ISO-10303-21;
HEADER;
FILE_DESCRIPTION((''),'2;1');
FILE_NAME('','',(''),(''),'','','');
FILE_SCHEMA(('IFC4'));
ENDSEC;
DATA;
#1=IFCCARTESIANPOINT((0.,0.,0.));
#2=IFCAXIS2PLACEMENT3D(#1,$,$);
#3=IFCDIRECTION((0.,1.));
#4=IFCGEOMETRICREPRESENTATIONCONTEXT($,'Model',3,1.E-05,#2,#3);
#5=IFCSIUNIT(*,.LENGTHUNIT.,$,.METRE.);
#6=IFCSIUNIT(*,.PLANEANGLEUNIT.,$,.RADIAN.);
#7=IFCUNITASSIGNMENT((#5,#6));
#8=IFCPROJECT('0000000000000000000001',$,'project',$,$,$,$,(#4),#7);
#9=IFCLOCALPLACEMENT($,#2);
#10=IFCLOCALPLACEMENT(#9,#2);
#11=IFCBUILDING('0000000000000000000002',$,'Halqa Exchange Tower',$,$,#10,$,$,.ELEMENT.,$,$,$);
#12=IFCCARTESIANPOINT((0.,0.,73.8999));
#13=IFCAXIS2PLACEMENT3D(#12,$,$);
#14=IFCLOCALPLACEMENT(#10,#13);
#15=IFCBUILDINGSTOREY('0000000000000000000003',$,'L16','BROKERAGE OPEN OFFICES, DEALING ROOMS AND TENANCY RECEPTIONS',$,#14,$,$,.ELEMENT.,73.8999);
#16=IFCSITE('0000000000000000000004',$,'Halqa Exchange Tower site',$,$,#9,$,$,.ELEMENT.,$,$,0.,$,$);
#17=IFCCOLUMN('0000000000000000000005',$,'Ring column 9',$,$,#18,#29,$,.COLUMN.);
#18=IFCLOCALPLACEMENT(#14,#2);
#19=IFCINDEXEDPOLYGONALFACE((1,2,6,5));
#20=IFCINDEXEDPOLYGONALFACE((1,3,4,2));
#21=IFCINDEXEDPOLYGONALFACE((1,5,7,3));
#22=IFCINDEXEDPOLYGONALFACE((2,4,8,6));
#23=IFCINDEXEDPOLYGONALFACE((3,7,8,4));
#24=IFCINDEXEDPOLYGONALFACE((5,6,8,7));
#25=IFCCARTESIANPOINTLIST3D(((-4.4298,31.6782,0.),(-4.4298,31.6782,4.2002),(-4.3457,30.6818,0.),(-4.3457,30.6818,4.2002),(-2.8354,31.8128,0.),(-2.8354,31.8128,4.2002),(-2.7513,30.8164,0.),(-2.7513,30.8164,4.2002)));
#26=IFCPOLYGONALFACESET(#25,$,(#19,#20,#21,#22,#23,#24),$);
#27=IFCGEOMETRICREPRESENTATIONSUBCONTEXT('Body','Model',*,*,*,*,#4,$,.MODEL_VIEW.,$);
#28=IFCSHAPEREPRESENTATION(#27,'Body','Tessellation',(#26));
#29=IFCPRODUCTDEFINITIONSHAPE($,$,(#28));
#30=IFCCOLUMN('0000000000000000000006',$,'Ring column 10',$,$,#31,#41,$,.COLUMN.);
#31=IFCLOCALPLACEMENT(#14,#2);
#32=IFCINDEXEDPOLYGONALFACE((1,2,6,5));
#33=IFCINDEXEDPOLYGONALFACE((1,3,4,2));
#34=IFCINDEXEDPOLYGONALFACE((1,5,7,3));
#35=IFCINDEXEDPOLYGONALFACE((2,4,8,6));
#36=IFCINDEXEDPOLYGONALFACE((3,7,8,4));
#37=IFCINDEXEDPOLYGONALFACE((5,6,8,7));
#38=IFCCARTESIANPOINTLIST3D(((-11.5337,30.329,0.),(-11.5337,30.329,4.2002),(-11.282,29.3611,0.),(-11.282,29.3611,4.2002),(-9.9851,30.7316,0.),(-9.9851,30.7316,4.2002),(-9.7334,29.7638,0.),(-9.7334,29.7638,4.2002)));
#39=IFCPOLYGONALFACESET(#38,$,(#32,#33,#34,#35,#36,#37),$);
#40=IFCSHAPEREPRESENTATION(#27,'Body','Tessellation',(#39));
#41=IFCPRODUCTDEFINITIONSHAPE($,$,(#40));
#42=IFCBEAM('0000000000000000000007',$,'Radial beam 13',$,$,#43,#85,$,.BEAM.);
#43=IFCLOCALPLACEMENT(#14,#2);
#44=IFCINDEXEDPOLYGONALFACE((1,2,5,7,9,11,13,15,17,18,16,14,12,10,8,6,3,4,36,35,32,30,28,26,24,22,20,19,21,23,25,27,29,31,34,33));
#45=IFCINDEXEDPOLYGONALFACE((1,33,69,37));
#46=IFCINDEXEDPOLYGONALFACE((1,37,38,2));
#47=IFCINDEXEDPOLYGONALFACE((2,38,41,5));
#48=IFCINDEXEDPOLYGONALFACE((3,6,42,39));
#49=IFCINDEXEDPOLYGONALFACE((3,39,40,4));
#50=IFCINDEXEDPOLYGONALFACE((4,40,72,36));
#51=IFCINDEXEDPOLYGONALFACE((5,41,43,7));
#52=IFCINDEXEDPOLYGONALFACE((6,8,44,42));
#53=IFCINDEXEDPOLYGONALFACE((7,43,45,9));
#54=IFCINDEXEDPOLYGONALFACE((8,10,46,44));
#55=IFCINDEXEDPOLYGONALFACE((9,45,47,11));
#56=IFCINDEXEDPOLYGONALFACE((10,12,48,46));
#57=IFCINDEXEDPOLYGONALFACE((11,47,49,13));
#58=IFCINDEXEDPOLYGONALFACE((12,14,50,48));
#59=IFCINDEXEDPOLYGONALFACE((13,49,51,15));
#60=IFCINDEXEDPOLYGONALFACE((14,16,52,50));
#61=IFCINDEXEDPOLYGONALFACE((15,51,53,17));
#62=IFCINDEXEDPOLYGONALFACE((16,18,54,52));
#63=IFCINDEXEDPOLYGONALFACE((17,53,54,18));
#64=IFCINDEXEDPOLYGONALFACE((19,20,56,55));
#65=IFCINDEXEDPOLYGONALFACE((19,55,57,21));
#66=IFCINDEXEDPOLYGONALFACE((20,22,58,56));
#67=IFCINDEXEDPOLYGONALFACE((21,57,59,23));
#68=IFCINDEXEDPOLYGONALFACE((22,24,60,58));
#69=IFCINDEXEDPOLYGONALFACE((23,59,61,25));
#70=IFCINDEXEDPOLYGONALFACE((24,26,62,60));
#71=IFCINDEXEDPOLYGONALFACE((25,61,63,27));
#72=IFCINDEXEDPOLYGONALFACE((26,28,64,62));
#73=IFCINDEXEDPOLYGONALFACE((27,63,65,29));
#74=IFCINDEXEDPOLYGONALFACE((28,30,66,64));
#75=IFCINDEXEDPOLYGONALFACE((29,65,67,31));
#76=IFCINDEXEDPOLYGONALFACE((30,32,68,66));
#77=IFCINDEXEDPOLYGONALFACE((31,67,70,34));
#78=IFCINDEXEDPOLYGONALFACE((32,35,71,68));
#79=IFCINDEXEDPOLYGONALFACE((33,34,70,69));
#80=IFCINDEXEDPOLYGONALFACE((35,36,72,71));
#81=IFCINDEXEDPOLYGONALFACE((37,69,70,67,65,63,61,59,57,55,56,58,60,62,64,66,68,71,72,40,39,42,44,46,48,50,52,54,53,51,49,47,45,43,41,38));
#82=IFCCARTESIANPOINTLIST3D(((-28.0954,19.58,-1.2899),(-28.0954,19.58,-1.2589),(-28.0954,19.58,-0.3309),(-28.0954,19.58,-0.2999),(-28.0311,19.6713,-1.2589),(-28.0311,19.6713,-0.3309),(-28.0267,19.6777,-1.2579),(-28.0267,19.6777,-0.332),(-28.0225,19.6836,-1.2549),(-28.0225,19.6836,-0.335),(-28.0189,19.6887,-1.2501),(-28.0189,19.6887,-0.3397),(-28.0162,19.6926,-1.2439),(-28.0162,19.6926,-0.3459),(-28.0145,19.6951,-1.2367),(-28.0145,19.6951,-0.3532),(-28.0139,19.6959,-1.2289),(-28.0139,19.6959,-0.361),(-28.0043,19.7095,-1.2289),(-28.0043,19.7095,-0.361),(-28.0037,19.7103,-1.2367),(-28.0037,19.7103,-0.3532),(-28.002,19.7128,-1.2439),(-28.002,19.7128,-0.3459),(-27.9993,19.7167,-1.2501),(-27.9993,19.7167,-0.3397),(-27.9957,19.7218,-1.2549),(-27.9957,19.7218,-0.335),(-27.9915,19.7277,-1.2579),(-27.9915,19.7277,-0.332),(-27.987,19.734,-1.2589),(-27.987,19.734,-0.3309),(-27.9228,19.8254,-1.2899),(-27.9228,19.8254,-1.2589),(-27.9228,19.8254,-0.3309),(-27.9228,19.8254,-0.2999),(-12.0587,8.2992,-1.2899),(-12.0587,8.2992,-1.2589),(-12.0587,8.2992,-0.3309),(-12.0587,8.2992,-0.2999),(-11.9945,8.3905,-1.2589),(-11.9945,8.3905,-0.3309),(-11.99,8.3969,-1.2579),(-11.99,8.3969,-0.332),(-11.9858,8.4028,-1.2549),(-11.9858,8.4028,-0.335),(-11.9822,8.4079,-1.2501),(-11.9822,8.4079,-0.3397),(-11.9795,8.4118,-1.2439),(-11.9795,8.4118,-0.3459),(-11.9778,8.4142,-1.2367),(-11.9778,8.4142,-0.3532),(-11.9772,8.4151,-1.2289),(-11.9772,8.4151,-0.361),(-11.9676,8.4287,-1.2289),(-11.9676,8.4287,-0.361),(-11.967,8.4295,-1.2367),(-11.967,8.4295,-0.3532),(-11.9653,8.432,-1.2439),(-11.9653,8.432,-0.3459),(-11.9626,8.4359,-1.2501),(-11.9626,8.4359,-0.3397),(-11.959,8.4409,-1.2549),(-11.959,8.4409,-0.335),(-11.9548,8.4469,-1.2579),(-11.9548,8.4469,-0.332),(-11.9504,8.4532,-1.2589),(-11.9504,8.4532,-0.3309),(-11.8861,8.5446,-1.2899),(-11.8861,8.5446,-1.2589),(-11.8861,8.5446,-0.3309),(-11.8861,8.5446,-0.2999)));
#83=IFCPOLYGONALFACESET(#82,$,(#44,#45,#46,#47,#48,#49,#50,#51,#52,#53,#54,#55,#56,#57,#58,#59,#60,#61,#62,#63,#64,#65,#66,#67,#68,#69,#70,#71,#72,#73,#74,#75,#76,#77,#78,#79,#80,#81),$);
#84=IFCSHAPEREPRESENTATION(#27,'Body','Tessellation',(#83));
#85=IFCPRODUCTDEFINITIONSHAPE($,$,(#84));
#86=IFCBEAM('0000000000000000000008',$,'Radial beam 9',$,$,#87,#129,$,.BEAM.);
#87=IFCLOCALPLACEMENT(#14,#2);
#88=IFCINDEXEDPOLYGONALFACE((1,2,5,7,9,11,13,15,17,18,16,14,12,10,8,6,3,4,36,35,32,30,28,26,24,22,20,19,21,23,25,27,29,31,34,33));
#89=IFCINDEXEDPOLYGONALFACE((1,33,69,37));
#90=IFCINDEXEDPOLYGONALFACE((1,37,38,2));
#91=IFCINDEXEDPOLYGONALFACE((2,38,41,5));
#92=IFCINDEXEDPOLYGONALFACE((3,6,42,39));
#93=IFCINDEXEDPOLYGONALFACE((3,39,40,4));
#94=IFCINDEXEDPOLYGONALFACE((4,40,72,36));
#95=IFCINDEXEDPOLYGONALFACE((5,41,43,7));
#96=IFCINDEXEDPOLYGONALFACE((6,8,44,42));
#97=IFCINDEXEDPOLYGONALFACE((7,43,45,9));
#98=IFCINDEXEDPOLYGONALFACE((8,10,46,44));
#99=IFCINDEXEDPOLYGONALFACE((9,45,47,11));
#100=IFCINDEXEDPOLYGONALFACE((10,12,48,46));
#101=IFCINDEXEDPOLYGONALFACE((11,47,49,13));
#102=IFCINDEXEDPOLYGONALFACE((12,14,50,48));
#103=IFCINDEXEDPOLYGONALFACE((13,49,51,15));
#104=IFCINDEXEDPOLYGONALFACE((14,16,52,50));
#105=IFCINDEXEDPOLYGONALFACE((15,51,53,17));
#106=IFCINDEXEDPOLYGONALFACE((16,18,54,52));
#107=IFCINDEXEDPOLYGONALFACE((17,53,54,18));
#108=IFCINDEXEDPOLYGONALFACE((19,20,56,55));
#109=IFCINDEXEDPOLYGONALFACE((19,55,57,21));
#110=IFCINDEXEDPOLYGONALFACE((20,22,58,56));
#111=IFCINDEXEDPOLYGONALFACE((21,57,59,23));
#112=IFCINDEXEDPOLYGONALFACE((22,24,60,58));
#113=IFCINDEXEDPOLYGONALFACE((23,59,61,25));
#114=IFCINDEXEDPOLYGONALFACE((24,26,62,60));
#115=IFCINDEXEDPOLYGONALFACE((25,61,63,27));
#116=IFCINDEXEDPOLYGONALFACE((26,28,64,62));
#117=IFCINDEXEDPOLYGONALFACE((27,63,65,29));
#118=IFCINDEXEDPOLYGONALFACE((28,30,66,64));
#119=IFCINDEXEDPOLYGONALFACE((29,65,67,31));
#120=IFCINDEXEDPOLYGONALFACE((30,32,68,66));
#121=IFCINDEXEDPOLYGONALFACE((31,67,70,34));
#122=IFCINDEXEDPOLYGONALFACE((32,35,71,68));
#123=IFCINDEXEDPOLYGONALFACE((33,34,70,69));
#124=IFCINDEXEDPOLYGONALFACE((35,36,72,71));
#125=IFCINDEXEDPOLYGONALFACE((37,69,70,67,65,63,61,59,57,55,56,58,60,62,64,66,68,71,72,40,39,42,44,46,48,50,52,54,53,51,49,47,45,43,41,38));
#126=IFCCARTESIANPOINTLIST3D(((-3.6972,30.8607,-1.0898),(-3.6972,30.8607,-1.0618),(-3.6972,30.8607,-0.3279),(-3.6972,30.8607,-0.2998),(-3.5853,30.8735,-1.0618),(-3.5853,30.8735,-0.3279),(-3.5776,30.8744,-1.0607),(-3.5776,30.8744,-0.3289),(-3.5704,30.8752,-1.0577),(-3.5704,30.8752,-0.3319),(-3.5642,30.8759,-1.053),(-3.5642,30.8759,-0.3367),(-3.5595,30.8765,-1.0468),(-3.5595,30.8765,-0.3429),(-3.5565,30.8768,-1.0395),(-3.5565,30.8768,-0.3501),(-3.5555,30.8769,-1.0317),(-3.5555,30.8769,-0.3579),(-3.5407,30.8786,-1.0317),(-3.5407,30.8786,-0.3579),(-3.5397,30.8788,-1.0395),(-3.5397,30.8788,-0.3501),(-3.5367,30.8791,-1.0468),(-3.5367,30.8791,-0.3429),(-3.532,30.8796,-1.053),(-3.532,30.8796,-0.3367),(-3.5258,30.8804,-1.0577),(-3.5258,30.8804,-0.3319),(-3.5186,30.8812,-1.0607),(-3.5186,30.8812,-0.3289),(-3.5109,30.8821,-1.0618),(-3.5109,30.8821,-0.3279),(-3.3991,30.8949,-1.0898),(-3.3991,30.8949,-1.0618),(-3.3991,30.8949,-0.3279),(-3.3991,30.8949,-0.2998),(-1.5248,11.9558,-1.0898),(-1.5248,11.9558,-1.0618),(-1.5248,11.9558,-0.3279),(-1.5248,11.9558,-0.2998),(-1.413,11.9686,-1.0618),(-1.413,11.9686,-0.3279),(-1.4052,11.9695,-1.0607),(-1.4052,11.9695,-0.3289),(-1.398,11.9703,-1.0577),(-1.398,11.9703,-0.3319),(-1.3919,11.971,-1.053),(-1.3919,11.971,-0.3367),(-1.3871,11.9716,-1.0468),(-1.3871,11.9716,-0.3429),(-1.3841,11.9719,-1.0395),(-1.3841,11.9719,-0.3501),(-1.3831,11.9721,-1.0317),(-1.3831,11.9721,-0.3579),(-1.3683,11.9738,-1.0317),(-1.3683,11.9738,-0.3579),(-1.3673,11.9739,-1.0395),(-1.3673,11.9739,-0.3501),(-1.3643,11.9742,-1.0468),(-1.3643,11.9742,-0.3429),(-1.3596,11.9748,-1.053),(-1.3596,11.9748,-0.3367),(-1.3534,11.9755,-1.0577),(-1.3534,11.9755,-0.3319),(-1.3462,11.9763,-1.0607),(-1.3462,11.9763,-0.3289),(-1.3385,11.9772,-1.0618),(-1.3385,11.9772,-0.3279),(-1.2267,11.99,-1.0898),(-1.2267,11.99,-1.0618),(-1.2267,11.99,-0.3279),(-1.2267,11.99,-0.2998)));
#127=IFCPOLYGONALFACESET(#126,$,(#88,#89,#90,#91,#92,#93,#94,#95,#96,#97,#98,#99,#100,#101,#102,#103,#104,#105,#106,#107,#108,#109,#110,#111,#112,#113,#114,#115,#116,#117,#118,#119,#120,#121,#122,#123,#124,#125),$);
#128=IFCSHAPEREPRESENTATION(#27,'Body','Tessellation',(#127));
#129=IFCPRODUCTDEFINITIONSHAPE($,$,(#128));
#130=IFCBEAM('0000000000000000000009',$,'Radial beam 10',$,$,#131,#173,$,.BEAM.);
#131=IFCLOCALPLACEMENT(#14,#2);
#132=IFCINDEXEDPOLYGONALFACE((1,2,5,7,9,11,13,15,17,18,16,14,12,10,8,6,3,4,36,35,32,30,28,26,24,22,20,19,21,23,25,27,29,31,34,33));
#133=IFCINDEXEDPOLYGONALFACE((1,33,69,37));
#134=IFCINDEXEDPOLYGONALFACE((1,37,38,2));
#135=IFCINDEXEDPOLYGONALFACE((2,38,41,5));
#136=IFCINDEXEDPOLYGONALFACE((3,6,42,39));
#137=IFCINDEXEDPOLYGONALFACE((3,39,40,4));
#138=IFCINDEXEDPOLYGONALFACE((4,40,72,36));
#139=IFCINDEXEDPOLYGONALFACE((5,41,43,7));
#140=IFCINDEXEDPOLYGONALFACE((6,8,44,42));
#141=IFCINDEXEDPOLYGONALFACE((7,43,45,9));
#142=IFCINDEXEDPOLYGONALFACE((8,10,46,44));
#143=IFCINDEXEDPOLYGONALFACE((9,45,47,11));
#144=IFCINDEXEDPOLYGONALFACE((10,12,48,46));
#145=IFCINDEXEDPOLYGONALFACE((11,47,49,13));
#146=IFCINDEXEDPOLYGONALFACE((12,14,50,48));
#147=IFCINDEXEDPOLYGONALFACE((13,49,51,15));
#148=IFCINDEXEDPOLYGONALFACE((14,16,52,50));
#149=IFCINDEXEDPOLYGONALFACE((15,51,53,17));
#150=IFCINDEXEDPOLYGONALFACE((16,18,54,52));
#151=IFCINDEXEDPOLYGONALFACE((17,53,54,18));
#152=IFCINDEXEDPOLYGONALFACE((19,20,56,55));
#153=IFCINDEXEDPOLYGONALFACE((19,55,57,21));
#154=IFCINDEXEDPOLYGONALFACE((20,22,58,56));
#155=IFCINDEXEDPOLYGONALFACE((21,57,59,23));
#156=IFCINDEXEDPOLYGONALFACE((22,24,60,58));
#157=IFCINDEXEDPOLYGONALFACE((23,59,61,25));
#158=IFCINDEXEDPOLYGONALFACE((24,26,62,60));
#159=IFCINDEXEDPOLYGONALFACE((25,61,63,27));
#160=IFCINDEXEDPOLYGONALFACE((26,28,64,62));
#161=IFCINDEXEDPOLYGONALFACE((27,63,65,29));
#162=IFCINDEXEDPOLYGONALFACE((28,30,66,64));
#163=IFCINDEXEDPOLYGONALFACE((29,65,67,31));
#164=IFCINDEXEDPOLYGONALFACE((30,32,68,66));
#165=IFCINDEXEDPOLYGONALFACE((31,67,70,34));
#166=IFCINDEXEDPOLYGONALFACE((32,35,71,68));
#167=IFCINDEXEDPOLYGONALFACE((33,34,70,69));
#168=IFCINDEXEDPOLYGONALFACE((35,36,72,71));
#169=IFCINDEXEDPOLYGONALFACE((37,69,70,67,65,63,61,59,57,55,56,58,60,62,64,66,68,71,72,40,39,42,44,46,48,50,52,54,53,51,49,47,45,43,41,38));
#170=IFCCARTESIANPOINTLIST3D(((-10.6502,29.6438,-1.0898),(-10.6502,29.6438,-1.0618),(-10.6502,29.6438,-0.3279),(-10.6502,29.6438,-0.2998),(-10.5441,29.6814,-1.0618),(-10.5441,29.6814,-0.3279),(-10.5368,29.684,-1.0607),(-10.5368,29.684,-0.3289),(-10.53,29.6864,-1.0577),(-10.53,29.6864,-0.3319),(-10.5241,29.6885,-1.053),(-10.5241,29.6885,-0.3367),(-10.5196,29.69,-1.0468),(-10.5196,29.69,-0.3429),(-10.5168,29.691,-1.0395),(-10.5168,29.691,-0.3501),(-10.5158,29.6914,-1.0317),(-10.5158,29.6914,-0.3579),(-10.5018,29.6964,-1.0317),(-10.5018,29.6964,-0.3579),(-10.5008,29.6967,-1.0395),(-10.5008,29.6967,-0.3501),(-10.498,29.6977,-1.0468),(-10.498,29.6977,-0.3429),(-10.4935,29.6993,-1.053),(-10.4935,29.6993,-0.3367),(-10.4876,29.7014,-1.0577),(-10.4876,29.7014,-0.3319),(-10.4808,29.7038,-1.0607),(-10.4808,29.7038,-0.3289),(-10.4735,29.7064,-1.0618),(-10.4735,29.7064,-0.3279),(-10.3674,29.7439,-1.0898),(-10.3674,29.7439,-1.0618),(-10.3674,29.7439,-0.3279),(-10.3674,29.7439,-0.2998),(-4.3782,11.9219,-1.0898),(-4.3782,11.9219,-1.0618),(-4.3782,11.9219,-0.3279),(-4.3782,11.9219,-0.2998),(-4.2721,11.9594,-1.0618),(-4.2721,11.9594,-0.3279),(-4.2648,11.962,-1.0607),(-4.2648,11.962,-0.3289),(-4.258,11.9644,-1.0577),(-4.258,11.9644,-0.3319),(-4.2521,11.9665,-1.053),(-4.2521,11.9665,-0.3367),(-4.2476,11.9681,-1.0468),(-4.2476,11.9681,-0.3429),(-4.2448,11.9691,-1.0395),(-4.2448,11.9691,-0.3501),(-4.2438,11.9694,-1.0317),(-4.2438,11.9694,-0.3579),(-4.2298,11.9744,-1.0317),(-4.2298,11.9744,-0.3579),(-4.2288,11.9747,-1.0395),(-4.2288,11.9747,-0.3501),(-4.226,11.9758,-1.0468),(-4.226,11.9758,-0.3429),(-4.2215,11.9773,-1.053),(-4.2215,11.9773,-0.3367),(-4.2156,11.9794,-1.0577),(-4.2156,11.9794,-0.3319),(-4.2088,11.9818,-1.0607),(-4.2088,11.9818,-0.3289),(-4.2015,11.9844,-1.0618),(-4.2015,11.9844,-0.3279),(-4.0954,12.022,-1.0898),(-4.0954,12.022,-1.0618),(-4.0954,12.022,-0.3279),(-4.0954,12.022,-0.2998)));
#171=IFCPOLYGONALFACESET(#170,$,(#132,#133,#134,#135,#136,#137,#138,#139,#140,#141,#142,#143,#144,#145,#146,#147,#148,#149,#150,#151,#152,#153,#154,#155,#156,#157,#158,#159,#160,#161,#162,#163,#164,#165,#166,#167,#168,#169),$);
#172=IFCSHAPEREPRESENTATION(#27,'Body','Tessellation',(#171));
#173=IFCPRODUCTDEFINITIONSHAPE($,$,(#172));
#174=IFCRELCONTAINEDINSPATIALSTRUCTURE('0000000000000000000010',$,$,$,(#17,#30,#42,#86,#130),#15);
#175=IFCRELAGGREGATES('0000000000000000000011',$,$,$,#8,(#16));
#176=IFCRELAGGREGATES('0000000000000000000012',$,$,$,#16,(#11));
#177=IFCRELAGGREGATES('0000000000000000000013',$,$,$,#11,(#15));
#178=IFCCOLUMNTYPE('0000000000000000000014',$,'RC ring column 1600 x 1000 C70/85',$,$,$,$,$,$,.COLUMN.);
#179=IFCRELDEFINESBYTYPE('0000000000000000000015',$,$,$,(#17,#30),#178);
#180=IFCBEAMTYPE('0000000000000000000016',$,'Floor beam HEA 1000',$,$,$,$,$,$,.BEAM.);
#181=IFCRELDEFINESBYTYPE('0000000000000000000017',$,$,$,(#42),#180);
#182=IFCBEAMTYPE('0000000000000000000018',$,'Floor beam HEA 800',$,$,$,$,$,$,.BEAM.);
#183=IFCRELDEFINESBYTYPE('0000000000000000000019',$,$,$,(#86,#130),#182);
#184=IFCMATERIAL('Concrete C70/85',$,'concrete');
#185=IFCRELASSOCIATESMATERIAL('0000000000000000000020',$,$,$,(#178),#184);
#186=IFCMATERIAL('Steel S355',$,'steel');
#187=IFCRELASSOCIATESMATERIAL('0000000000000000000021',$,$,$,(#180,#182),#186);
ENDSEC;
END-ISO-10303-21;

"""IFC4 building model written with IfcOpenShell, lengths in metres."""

from ifc_helpers import new_model, si_unit, direction, frame, origin, origin_2d, place, context, subcontext, project, spatial, rectangle, i_section, extrude, material, material_profile, profile_set, type_object, element, save


model = new_model("IFC4")

# Units and contexts
model_context = context("Model", 3, precision=1e-05, world=origin(), true_north=direction((0.0, 1.0)))
body_context = subcontext(model_context, "Body", "Model", "MODEL_VIEW")
ifc_project = project(units=[si_unit("LENGTHUNIT", "METRE"), si_unit("PLANEANGLEUNIT", "RADIAN")], contexts=[model_context])

# Site, building, storey
site_placement = place(None, origin())
site = spatial("IfcSite", under=ifc_project, at=site_placement, Name="Halqa Exchange Tower site", CompositionType="ELEMENT", RefElevation=0.0)
building_placement = place(site_placement, origin())
building = spatial("IfcBuilding", under=site, at=building_placement, Name="Halqa Exchange Tower", CompositionType="ELEMENT")
storey_placement = place(building_placement, frame((0.0, 0.0, 73.8999)))
storey = spatial("IfcBuildingStorey", under=building, at=storey_placement, Name="L16", Description="BROKERAGE OPEN OFFICES, DEALING ROOMS AND TENANCY RECEPTIONS", CompositionType="ELEMENT", Elevation=73.8999)

# Columns
ifc_material_1 = material(Name="Concrete C70/85", Category="concrete")
ifc_material_profile_1 = material_profile(ifc_material_1, rectangle(XDim=1.6001, YDim=1.0, at=origin_2d()), Name="1600 x 1000")
ifc_profile_set_1 = profile_set([ifc_material_profile_1], Name="Concrete C70/85")
column_type = type_object("IfcColumnType", Name="RC ring column 1600 x 1000 C70/85", PredefinedType="COLUMN", material=ifc_profile_set_1)
for number, where, z_axis, x_axis, name in (
    (1, (-3.5906, 31.2473, 0.0), (0.0, 0.0, 1.0), (-0.996456, -0.084121, 0.0), "Ring column 9"),
    (2, (-10.6335, 30.0464, 0.0), (0.0, 0.0, 1.0), (-0.96782, -0.251644, 0.0), "Ring column 10"),
):
    element("IfcColumn", number, at=place(storey_placement, frame(where, z_axis=z_axis, x_axis=x_axis)), inside=storey, type_object=column_type, Name=name, PredefinedType="COLUMN", context=body_context, shape_type="SweptSolid", body=[
        extrude(rectangle(XDim=1.6001, YDim=1.0, at=origin_2d()), origin(), (0.0, 0.0, 1.0), 4.2002),
    ])

# Beams
ifc_material_2 = material(Name="Steel S355", Category="steel")
ifc_material_profile_2 = material_profile(ifc_material_2, i_section(OverallWidth=0.3, OverallDepth=0.99, WebThickness=0.0166, FlangeThickness=0.031, FilletRadius=0.03, at=origin_2d()), Name="HEA 1000")
ifc_profile_set_2 = profile_set([ifc_material_profile_2], Name="Steel S355")
beam_type_1 = type_object("IfcBeamType", Name="Floor beam HEA 1000", PredefinedType="BEAM", material=ifc_profile_set_2)
beam_1_placement = place(storey_placement, frame((-11.9724, 8.4219, -0.7949), z_axis=(-0.817909, 0.575348, 0.0), x_axis=(-0.575348, -0.817909, 0.0)))
element("IfcBeam", 3, at=beam_1_placement, inside=storey, type_object=beam_type_1, Name="Radial beam 13", PredefinedType="BEAM", context=body_context, shape_type="SweptSolid", body=[
    extrude(i_section(OverallWidth=0.3, OverallDepth=0.99, WebThickness=0.0166, FlangeThickness=0.031, FilletRadius=0.03, at=origin_2d()), origin(), (0.0, 0.0, 1.0), 19.6069),
])
ifc_material_profile_3 = material_profile(ifc_material_2, i_section(OverallWidth=0.3, OverallDepth=0.79, WebThickness=0.0149, FlangeThickness=0.0281, FilletRadius=0.03, at=origin_2d()), Name="HEA 800")
ifc_profile_set_3 = profile_set([ifc_material_profile_3], Name="Steel S355")
beam_type_2 = type_object("IfcBeamType", Name="Floor beam HEA 800", PredefinedType="BEAM", material=ifc_profile_set_3)
beam_2_placement = place(storey_placement, frame((-1.3757, 11.9729, -0.6948), z_axis=(-0.11416, 0.993462, 0.0), x_axis=(-0.993462, -0.11416, 0.0)))
element("IfcBeam", 4, at=beam_2_placement, inside=storey, type_object=beam_type_2, Name="Radial beam 9", PredefinedType="BEAM", context=body_context, shape_type="SweptSolid", body=[
    extrude(i_section(OverallWidth=0.3, OverallDepth=0.79, WebThickness=0.0149, FlangeThickness=0.0281, FilletRadius=0.03, at=origin_2d()), origin(), (0.0, 0.0, 1.0), 19.0293),
])
beam_3_placement = place(storey_placement, frame((-4.2368, 11.9719, -0.6948), z_axis=(-0.333632, 0.942703, 0.0), x_axis=(-0.942703, -0.333632, 0.0)))
element("IfcBeam", 5, at=beam_3_placement, inside=storey, type_object=beam_type_2, Name="Radial beam 10", PredefinedType="BEAM", context=body_context, shape_type="SweptSolid", body=[
    extrude(i_section(OverallWidth=0.3, OverallDepth=0.79, WebThickness=0.0149, FlangeThickness=0.0281, FilletRadius=0.03, at=origin_2d()), origin(), (0.0, 0.0, 1.0), 18.7991),
])

save(model, "model.ifc")
